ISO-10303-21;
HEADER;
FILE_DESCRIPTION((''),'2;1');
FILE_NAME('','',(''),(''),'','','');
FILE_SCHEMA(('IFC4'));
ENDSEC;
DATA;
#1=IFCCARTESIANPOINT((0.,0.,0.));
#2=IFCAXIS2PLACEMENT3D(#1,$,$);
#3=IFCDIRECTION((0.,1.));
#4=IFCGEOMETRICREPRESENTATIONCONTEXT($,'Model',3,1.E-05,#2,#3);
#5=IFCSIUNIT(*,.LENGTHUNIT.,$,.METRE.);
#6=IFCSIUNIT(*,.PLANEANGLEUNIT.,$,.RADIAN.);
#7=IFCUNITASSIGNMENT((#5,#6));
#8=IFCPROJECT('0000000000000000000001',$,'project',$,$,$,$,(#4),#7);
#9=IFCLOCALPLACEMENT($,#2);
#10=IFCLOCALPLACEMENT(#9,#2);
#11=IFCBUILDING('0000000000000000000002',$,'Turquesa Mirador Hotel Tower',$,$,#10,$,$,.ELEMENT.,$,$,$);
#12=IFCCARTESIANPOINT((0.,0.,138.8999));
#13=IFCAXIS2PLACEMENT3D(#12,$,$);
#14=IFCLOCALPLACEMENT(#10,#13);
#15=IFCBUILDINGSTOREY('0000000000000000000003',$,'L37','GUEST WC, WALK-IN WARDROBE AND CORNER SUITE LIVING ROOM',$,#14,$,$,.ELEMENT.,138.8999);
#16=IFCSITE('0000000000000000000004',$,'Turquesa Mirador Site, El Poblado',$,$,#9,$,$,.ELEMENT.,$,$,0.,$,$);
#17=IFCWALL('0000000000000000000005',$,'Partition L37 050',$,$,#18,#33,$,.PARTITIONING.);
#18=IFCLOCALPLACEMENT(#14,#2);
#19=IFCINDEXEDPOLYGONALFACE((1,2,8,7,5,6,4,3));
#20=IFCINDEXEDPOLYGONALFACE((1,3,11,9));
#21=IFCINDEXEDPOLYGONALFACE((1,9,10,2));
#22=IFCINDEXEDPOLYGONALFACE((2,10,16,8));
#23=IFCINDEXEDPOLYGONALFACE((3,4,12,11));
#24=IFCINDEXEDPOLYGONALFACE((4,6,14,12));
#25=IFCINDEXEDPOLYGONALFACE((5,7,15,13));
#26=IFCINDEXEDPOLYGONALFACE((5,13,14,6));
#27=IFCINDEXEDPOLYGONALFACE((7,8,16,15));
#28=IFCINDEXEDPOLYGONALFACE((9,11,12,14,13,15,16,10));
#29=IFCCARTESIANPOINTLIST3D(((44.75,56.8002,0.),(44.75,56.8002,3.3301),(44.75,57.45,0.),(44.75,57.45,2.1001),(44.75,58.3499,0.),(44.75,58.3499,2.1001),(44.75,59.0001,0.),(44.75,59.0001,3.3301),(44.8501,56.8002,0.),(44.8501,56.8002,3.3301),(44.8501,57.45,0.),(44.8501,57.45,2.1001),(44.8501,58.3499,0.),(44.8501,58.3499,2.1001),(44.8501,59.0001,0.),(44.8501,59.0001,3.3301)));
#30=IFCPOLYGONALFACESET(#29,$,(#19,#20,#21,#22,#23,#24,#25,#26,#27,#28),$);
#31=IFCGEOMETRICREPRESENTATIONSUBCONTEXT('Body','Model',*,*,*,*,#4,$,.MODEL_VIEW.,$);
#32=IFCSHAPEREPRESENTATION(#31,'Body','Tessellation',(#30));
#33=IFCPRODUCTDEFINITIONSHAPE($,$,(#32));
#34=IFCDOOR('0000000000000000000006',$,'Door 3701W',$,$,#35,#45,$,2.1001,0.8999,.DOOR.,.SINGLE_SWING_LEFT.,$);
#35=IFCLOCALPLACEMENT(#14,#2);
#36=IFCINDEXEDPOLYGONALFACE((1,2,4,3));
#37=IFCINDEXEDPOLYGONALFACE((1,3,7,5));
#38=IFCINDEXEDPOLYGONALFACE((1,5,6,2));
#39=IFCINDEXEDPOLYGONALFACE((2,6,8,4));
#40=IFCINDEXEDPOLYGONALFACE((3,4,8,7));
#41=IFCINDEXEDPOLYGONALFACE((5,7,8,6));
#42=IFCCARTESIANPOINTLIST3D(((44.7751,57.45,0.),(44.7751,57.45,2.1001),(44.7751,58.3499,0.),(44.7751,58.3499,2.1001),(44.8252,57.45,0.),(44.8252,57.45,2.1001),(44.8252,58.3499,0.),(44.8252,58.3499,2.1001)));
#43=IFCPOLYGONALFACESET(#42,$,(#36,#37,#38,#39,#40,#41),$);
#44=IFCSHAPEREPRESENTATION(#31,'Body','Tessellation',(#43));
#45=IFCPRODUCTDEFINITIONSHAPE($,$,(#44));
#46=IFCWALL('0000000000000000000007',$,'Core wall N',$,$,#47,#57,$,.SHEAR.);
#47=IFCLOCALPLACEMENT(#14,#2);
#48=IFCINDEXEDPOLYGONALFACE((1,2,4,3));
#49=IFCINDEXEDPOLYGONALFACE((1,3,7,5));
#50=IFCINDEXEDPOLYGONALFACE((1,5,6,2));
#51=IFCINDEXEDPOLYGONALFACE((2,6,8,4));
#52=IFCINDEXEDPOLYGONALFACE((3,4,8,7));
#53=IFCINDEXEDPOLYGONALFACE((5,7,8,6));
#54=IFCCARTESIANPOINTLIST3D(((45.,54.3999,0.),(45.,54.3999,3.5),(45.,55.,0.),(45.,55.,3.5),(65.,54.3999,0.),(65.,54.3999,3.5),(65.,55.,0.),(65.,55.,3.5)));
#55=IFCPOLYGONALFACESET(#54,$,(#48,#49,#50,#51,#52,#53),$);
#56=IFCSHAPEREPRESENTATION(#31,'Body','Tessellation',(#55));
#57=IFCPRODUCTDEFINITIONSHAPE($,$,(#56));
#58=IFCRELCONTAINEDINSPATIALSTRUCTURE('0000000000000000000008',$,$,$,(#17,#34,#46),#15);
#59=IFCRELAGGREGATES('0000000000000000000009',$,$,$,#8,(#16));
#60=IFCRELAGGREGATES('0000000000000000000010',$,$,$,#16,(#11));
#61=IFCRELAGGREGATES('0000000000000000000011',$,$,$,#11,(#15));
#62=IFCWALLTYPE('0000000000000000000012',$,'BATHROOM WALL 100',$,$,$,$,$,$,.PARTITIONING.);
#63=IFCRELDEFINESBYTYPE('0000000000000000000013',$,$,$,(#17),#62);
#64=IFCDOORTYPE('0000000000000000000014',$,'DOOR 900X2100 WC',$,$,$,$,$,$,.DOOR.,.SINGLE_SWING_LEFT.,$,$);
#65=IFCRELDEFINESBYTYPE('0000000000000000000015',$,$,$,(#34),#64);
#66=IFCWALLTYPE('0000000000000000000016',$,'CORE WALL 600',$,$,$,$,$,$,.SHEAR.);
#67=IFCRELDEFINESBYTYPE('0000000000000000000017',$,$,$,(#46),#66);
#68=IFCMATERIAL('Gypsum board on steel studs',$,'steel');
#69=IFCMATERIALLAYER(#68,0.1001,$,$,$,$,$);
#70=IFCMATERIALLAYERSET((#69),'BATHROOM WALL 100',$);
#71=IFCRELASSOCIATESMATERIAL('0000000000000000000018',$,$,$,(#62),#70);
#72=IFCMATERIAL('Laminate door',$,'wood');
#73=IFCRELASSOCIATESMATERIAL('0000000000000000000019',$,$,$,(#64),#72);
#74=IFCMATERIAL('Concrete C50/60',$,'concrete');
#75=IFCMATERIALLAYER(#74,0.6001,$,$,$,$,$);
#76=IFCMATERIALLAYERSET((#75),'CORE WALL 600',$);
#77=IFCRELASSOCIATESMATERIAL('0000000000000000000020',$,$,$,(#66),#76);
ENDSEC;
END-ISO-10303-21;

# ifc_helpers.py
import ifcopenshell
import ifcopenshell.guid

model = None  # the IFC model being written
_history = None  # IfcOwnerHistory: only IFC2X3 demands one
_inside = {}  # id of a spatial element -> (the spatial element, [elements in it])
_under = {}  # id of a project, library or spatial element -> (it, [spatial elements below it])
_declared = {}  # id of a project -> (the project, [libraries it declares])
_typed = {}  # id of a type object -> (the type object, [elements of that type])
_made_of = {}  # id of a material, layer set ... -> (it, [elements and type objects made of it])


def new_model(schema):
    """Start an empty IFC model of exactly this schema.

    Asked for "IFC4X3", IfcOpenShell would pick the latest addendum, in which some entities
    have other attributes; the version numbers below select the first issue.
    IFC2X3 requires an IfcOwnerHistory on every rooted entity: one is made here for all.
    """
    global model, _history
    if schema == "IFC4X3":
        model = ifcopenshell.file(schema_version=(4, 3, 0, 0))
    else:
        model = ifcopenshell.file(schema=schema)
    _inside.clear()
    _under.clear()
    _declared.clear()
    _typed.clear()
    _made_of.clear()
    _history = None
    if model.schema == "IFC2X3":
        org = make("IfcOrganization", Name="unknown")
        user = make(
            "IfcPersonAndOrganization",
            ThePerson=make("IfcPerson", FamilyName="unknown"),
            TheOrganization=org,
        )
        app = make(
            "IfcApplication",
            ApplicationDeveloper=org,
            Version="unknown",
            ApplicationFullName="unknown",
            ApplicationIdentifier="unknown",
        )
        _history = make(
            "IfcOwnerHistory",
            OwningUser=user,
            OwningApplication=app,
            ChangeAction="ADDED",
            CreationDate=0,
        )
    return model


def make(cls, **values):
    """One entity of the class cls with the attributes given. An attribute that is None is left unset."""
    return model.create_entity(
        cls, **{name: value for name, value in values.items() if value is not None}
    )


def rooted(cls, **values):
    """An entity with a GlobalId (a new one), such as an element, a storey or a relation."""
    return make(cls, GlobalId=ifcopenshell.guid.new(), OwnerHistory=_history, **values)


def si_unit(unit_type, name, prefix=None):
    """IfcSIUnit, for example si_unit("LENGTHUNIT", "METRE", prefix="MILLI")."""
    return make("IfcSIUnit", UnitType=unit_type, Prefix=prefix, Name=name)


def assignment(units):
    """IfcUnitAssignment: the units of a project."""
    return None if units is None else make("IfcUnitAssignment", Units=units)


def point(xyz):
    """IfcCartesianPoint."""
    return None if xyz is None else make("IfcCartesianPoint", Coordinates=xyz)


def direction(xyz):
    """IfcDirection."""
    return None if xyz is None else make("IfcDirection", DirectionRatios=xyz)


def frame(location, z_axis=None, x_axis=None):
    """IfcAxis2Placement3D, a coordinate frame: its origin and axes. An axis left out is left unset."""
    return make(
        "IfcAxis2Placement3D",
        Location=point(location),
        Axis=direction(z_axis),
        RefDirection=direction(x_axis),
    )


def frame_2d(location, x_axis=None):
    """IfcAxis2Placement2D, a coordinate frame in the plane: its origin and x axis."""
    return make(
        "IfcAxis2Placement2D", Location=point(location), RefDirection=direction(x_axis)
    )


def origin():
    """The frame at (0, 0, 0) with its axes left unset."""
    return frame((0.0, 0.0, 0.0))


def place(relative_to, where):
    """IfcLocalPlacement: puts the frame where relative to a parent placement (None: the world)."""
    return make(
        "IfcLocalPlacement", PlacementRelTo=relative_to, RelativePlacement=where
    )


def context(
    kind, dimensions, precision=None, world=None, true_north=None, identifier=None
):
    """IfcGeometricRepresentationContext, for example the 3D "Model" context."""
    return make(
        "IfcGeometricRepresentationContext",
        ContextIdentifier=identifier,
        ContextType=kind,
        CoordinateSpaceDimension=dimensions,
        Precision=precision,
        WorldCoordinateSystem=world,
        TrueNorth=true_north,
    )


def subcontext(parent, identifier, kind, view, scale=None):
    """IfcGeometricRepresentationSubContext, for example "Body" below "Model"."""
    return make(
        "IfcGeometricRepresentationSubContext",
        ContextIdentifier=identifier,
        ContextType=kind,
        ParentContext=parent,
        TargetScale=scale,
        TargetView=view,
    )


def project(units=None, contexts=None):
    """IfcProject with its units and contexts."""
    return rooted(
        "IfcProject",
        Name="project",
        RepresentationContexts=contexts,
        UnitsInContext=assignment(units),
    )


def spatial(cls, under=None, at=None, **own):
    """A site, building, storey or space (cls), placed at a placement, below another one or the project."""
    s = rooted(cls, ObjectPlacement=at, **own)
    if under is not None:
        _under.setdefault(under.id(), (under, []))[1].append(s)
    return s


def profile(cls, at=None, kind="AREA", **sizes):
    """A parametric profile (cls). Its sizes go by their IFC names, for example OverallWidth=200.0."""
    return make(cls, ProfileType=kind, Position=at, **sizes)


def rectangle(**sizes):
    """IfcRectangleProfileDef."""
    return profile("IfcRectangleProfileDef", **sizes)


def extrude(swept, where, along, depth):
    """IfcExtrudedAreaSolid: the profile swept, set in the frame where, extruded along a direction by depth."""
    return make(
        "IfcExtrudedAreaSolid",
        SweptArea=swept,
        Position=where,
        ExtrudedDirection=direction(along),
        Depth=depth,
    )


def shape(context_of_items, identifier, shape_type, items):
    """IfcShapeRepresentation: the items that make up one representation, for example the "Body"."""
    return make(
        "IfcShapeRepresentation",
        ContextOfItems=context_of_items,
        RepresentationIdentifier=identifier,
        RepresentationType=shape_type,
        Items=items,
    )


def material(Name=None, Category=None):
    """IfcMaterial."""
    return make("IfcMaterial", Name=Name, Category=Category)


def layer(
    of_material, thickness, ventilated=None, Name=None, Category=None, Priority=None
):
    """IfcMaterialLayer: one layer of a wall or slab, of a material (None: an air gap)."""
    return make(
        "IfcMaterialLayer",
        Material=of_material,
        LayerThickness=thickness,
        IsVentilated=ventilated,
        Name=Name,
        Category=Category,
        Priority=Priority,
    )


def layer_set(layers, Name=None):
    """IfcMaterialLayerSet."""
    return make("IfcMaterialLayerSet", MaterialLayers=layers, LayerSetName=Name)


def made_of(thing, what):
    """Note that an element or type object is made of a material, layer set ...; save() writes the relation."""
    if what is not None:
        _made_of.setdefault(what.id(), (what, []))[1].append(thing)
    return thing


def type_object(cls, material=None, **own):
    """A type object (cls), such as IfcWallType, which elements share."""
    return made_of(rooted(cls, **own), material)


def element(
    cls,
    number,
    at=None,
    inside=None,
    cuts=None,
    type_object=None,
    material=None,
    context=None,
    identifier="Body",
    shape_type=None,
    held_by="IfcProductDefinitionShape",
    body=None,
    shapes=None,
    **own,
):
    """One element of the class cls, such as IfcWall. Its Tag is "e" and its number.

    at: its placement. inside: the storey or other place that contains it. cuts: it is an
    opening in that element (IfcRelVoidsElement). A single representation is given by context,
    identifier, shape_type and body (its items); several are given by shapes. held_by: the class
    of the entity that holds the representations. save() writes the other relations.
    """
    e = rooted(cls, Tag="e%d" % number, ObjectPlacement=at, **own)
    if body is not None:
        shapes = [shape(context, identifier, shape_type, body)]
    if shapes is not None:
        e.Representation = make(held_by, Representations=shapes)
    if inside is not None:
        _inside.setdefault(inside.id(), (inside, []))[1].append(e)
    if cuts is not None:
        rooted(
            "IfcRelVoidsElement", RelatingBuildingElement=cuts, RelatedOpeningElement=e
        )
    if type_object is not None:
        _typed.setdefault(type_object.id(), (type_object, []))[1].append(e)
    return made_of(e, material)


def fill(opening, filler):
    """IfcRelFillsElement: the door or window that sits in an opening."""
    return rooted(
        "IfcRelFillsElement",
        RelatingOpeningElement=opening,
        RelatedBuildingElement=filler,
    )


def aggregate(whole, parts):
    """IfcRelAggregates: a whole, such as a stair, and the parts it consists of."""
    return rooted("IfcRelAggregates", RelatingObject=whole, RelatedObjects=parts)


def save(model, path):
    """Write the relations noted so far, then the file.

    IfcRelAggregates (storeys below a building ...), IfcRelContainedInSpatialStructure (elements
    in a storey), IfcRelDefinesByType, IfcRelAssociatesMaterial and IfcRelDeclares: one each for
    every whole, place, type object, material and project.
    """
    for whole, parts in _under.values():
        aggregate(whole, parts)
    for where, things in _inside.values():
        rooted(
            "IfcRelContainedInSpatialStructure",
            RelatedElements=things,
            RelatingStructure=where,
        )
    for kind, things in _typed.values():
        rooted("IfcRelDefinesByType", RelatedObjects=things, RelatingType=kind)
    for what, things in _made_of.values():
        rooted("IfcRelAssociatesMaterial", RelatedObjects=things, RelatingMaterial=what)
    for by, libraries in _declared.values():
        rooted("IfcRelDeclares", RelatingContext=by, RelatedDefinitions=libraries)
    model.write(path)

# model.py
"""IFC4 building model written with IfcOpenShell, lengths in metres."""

from ifc_helpers import new_model, si_unit, direction, frame, frame_2d, origin, place, context, subcontext, project, spatial, rectangle, extrude, material, layer, layer_set, type_object, element, fill, save


model = new_model("IFC4")

# Units and contexts
model_context = context("Model", 3, precision=1e-05, world=origin(), true_north=direction((0.0, 1.0)))
body_context = subcontext(model_context, "Body", "Model", "MODEL_VIEW")
ifc_project = project(units=[si_unit("LENGTHUNIT", "METRE"), si_unit("PLANEANGLEUNIT", "RADIAN")], contexts=[model_context])

# Site, building, storey
site_placement = place(None, origin())
site = spatial("IfcSite", under=ifc_project, at=site_placement, Name="Turquesa Mirador Site, El Poblado", CompositionType="ELEMENT", RefElevation=0.0)
building_placement = place(site_placement, origin())
building = spatial("IfcBuilding", under=site, at=building_placement, Name="Turquesa Mirador Hotel Tower", CompositionType="ELEMENT")
storey_placement = place(building_placement, frame((0.0, 0.0, 138.8999)))
storey = spatial("IfcBuildingStorey", under=building, at=storey_placement, Name="L37", Description="GUEST WC, WALK-IN WARDROBE AND CORNER SUITE LIVING ROOM", CompositionType="ELEMENT", Elevation=138.8999)

# Shared definitions
ifc_material_1 = material(Name="Gypsum board on steel studs", Category="steel")
ifc_layer_1 = layer(ifc_material_1, 0.1001)
ifc_layer_set_1 = layer_set([ifc_layer_1], Name="BATHROOM WALL 100")
wall_type_1 = type_object("IfcWallType", Name="BATHROOM WALL 100", PredefinedType="PARTITIONING", material=ifc_layer_set_1)

# Wall, opening, door
wall_1_placement = place(storey_placement, frame((44.8, 56.8, 0.0), z_axis=(0.0, 0.0, 1.0), x_axis=(0.0, 1.0, 0.0)))
wall_1 = element("IfcWall", 1, at=wall_1_placement, inside=storey, type_object=wall_type_1, Name="Partition L37 050", PredefinedType="PARTITIONING", context=body_context, shape_type="SweptSolid", body=[
    extrude(rectangle(XDim=2.2, YDim=0.1001, at=frame_2d((1.1001, 0.0))), origin(), (0.0, 0.0, 1.0), 3.3301),
])
opening_placement = place(wall_1_placement, frame((0.6499, 0.0, 0.0)))
opening = element("IfcOpeningElement", 2, at=opening_placement, cuts=wall_1, PredefinedType="OPENING", context=body_context, shape_type="SweptSolid", body=[
    extrude(rectangle(XDim=0.8999, YDim=2.1001, at=frame_2d((0.45, 1.05))), frame((0.0, 0.0601, 0.0), z_axis=(0.0, -1.0, 0.0), x_axis=(1.0, 0.0, 0.0)), (0.0, 0.0, 1.0), 0.1201),
])
ifc_material_2 = material(Name="Laminate door", Category="wood")
door_type = type_object("IfcDoorType", Name="DOOR 900X2100 WC", OperationType="SINGLE_SWING_LEFT", PredefinedType="DOOR", material=ifc_material_2)
door_placement = place(opening_placement, origin())
door = element("IfcDoor", 3, at=door_placement, inside=storey, type_object=door_type, Name="Door 3701W", OperationType="SINGLE_SWING_LEFT", OverallHeight=2.1001, OverallWidth=0.8999, PredefinedType="DOOR", context=body_context, shape_type="SweptSolid", body=[
    extrude(rectangle(XDim=0.8999, YDim=2.1001, at=frame_2d((0.45, 1.05))), frame((0.0, 0.0249, 0.0), z_axis=(0.0, -1.0, 0.0), x_axis=(1.0, 0.0, 0.0)), (0.0, 0.0, 1.0), 0.05),
])
fill(opening, door)

# Wall
ifc_material_3 = material(Name="Concrete C50/60", Category="concrete")
ifc_layer_2 = layer(ifc_material_3, 0.6001)
ifc_layer_set_2 = layer_set([ifc_layer_2], Name="CORE WALL 600")
wall_type_2 = type_object("IfcWallType", Name="CORE WALL 600", PredefinedType="SHEAR", material=ifc_layer_set_2)
wall_2_placement = place(storey_placement, frame((45.0, 54.7, 0.0), z_axis=(0.0, 0.0, 1.0), x_axis=(1.0, 0.0, 0.0)))
element("IfcWall", 4, at=wall_2_placement, inside=storey, type_object=wall_type_2, Name="Core wall N", PredefinedType="SHEAR", context=body_context, shape_type="SweptSolid", body=[
    extrude(rectangle(XDim=20.0, YDim=0.6001, at=frame_2d((10.0, 0.0))), origin(), (0.0, 0.0, 1.0), 3.5),
])

save(model, "model.ifc")
